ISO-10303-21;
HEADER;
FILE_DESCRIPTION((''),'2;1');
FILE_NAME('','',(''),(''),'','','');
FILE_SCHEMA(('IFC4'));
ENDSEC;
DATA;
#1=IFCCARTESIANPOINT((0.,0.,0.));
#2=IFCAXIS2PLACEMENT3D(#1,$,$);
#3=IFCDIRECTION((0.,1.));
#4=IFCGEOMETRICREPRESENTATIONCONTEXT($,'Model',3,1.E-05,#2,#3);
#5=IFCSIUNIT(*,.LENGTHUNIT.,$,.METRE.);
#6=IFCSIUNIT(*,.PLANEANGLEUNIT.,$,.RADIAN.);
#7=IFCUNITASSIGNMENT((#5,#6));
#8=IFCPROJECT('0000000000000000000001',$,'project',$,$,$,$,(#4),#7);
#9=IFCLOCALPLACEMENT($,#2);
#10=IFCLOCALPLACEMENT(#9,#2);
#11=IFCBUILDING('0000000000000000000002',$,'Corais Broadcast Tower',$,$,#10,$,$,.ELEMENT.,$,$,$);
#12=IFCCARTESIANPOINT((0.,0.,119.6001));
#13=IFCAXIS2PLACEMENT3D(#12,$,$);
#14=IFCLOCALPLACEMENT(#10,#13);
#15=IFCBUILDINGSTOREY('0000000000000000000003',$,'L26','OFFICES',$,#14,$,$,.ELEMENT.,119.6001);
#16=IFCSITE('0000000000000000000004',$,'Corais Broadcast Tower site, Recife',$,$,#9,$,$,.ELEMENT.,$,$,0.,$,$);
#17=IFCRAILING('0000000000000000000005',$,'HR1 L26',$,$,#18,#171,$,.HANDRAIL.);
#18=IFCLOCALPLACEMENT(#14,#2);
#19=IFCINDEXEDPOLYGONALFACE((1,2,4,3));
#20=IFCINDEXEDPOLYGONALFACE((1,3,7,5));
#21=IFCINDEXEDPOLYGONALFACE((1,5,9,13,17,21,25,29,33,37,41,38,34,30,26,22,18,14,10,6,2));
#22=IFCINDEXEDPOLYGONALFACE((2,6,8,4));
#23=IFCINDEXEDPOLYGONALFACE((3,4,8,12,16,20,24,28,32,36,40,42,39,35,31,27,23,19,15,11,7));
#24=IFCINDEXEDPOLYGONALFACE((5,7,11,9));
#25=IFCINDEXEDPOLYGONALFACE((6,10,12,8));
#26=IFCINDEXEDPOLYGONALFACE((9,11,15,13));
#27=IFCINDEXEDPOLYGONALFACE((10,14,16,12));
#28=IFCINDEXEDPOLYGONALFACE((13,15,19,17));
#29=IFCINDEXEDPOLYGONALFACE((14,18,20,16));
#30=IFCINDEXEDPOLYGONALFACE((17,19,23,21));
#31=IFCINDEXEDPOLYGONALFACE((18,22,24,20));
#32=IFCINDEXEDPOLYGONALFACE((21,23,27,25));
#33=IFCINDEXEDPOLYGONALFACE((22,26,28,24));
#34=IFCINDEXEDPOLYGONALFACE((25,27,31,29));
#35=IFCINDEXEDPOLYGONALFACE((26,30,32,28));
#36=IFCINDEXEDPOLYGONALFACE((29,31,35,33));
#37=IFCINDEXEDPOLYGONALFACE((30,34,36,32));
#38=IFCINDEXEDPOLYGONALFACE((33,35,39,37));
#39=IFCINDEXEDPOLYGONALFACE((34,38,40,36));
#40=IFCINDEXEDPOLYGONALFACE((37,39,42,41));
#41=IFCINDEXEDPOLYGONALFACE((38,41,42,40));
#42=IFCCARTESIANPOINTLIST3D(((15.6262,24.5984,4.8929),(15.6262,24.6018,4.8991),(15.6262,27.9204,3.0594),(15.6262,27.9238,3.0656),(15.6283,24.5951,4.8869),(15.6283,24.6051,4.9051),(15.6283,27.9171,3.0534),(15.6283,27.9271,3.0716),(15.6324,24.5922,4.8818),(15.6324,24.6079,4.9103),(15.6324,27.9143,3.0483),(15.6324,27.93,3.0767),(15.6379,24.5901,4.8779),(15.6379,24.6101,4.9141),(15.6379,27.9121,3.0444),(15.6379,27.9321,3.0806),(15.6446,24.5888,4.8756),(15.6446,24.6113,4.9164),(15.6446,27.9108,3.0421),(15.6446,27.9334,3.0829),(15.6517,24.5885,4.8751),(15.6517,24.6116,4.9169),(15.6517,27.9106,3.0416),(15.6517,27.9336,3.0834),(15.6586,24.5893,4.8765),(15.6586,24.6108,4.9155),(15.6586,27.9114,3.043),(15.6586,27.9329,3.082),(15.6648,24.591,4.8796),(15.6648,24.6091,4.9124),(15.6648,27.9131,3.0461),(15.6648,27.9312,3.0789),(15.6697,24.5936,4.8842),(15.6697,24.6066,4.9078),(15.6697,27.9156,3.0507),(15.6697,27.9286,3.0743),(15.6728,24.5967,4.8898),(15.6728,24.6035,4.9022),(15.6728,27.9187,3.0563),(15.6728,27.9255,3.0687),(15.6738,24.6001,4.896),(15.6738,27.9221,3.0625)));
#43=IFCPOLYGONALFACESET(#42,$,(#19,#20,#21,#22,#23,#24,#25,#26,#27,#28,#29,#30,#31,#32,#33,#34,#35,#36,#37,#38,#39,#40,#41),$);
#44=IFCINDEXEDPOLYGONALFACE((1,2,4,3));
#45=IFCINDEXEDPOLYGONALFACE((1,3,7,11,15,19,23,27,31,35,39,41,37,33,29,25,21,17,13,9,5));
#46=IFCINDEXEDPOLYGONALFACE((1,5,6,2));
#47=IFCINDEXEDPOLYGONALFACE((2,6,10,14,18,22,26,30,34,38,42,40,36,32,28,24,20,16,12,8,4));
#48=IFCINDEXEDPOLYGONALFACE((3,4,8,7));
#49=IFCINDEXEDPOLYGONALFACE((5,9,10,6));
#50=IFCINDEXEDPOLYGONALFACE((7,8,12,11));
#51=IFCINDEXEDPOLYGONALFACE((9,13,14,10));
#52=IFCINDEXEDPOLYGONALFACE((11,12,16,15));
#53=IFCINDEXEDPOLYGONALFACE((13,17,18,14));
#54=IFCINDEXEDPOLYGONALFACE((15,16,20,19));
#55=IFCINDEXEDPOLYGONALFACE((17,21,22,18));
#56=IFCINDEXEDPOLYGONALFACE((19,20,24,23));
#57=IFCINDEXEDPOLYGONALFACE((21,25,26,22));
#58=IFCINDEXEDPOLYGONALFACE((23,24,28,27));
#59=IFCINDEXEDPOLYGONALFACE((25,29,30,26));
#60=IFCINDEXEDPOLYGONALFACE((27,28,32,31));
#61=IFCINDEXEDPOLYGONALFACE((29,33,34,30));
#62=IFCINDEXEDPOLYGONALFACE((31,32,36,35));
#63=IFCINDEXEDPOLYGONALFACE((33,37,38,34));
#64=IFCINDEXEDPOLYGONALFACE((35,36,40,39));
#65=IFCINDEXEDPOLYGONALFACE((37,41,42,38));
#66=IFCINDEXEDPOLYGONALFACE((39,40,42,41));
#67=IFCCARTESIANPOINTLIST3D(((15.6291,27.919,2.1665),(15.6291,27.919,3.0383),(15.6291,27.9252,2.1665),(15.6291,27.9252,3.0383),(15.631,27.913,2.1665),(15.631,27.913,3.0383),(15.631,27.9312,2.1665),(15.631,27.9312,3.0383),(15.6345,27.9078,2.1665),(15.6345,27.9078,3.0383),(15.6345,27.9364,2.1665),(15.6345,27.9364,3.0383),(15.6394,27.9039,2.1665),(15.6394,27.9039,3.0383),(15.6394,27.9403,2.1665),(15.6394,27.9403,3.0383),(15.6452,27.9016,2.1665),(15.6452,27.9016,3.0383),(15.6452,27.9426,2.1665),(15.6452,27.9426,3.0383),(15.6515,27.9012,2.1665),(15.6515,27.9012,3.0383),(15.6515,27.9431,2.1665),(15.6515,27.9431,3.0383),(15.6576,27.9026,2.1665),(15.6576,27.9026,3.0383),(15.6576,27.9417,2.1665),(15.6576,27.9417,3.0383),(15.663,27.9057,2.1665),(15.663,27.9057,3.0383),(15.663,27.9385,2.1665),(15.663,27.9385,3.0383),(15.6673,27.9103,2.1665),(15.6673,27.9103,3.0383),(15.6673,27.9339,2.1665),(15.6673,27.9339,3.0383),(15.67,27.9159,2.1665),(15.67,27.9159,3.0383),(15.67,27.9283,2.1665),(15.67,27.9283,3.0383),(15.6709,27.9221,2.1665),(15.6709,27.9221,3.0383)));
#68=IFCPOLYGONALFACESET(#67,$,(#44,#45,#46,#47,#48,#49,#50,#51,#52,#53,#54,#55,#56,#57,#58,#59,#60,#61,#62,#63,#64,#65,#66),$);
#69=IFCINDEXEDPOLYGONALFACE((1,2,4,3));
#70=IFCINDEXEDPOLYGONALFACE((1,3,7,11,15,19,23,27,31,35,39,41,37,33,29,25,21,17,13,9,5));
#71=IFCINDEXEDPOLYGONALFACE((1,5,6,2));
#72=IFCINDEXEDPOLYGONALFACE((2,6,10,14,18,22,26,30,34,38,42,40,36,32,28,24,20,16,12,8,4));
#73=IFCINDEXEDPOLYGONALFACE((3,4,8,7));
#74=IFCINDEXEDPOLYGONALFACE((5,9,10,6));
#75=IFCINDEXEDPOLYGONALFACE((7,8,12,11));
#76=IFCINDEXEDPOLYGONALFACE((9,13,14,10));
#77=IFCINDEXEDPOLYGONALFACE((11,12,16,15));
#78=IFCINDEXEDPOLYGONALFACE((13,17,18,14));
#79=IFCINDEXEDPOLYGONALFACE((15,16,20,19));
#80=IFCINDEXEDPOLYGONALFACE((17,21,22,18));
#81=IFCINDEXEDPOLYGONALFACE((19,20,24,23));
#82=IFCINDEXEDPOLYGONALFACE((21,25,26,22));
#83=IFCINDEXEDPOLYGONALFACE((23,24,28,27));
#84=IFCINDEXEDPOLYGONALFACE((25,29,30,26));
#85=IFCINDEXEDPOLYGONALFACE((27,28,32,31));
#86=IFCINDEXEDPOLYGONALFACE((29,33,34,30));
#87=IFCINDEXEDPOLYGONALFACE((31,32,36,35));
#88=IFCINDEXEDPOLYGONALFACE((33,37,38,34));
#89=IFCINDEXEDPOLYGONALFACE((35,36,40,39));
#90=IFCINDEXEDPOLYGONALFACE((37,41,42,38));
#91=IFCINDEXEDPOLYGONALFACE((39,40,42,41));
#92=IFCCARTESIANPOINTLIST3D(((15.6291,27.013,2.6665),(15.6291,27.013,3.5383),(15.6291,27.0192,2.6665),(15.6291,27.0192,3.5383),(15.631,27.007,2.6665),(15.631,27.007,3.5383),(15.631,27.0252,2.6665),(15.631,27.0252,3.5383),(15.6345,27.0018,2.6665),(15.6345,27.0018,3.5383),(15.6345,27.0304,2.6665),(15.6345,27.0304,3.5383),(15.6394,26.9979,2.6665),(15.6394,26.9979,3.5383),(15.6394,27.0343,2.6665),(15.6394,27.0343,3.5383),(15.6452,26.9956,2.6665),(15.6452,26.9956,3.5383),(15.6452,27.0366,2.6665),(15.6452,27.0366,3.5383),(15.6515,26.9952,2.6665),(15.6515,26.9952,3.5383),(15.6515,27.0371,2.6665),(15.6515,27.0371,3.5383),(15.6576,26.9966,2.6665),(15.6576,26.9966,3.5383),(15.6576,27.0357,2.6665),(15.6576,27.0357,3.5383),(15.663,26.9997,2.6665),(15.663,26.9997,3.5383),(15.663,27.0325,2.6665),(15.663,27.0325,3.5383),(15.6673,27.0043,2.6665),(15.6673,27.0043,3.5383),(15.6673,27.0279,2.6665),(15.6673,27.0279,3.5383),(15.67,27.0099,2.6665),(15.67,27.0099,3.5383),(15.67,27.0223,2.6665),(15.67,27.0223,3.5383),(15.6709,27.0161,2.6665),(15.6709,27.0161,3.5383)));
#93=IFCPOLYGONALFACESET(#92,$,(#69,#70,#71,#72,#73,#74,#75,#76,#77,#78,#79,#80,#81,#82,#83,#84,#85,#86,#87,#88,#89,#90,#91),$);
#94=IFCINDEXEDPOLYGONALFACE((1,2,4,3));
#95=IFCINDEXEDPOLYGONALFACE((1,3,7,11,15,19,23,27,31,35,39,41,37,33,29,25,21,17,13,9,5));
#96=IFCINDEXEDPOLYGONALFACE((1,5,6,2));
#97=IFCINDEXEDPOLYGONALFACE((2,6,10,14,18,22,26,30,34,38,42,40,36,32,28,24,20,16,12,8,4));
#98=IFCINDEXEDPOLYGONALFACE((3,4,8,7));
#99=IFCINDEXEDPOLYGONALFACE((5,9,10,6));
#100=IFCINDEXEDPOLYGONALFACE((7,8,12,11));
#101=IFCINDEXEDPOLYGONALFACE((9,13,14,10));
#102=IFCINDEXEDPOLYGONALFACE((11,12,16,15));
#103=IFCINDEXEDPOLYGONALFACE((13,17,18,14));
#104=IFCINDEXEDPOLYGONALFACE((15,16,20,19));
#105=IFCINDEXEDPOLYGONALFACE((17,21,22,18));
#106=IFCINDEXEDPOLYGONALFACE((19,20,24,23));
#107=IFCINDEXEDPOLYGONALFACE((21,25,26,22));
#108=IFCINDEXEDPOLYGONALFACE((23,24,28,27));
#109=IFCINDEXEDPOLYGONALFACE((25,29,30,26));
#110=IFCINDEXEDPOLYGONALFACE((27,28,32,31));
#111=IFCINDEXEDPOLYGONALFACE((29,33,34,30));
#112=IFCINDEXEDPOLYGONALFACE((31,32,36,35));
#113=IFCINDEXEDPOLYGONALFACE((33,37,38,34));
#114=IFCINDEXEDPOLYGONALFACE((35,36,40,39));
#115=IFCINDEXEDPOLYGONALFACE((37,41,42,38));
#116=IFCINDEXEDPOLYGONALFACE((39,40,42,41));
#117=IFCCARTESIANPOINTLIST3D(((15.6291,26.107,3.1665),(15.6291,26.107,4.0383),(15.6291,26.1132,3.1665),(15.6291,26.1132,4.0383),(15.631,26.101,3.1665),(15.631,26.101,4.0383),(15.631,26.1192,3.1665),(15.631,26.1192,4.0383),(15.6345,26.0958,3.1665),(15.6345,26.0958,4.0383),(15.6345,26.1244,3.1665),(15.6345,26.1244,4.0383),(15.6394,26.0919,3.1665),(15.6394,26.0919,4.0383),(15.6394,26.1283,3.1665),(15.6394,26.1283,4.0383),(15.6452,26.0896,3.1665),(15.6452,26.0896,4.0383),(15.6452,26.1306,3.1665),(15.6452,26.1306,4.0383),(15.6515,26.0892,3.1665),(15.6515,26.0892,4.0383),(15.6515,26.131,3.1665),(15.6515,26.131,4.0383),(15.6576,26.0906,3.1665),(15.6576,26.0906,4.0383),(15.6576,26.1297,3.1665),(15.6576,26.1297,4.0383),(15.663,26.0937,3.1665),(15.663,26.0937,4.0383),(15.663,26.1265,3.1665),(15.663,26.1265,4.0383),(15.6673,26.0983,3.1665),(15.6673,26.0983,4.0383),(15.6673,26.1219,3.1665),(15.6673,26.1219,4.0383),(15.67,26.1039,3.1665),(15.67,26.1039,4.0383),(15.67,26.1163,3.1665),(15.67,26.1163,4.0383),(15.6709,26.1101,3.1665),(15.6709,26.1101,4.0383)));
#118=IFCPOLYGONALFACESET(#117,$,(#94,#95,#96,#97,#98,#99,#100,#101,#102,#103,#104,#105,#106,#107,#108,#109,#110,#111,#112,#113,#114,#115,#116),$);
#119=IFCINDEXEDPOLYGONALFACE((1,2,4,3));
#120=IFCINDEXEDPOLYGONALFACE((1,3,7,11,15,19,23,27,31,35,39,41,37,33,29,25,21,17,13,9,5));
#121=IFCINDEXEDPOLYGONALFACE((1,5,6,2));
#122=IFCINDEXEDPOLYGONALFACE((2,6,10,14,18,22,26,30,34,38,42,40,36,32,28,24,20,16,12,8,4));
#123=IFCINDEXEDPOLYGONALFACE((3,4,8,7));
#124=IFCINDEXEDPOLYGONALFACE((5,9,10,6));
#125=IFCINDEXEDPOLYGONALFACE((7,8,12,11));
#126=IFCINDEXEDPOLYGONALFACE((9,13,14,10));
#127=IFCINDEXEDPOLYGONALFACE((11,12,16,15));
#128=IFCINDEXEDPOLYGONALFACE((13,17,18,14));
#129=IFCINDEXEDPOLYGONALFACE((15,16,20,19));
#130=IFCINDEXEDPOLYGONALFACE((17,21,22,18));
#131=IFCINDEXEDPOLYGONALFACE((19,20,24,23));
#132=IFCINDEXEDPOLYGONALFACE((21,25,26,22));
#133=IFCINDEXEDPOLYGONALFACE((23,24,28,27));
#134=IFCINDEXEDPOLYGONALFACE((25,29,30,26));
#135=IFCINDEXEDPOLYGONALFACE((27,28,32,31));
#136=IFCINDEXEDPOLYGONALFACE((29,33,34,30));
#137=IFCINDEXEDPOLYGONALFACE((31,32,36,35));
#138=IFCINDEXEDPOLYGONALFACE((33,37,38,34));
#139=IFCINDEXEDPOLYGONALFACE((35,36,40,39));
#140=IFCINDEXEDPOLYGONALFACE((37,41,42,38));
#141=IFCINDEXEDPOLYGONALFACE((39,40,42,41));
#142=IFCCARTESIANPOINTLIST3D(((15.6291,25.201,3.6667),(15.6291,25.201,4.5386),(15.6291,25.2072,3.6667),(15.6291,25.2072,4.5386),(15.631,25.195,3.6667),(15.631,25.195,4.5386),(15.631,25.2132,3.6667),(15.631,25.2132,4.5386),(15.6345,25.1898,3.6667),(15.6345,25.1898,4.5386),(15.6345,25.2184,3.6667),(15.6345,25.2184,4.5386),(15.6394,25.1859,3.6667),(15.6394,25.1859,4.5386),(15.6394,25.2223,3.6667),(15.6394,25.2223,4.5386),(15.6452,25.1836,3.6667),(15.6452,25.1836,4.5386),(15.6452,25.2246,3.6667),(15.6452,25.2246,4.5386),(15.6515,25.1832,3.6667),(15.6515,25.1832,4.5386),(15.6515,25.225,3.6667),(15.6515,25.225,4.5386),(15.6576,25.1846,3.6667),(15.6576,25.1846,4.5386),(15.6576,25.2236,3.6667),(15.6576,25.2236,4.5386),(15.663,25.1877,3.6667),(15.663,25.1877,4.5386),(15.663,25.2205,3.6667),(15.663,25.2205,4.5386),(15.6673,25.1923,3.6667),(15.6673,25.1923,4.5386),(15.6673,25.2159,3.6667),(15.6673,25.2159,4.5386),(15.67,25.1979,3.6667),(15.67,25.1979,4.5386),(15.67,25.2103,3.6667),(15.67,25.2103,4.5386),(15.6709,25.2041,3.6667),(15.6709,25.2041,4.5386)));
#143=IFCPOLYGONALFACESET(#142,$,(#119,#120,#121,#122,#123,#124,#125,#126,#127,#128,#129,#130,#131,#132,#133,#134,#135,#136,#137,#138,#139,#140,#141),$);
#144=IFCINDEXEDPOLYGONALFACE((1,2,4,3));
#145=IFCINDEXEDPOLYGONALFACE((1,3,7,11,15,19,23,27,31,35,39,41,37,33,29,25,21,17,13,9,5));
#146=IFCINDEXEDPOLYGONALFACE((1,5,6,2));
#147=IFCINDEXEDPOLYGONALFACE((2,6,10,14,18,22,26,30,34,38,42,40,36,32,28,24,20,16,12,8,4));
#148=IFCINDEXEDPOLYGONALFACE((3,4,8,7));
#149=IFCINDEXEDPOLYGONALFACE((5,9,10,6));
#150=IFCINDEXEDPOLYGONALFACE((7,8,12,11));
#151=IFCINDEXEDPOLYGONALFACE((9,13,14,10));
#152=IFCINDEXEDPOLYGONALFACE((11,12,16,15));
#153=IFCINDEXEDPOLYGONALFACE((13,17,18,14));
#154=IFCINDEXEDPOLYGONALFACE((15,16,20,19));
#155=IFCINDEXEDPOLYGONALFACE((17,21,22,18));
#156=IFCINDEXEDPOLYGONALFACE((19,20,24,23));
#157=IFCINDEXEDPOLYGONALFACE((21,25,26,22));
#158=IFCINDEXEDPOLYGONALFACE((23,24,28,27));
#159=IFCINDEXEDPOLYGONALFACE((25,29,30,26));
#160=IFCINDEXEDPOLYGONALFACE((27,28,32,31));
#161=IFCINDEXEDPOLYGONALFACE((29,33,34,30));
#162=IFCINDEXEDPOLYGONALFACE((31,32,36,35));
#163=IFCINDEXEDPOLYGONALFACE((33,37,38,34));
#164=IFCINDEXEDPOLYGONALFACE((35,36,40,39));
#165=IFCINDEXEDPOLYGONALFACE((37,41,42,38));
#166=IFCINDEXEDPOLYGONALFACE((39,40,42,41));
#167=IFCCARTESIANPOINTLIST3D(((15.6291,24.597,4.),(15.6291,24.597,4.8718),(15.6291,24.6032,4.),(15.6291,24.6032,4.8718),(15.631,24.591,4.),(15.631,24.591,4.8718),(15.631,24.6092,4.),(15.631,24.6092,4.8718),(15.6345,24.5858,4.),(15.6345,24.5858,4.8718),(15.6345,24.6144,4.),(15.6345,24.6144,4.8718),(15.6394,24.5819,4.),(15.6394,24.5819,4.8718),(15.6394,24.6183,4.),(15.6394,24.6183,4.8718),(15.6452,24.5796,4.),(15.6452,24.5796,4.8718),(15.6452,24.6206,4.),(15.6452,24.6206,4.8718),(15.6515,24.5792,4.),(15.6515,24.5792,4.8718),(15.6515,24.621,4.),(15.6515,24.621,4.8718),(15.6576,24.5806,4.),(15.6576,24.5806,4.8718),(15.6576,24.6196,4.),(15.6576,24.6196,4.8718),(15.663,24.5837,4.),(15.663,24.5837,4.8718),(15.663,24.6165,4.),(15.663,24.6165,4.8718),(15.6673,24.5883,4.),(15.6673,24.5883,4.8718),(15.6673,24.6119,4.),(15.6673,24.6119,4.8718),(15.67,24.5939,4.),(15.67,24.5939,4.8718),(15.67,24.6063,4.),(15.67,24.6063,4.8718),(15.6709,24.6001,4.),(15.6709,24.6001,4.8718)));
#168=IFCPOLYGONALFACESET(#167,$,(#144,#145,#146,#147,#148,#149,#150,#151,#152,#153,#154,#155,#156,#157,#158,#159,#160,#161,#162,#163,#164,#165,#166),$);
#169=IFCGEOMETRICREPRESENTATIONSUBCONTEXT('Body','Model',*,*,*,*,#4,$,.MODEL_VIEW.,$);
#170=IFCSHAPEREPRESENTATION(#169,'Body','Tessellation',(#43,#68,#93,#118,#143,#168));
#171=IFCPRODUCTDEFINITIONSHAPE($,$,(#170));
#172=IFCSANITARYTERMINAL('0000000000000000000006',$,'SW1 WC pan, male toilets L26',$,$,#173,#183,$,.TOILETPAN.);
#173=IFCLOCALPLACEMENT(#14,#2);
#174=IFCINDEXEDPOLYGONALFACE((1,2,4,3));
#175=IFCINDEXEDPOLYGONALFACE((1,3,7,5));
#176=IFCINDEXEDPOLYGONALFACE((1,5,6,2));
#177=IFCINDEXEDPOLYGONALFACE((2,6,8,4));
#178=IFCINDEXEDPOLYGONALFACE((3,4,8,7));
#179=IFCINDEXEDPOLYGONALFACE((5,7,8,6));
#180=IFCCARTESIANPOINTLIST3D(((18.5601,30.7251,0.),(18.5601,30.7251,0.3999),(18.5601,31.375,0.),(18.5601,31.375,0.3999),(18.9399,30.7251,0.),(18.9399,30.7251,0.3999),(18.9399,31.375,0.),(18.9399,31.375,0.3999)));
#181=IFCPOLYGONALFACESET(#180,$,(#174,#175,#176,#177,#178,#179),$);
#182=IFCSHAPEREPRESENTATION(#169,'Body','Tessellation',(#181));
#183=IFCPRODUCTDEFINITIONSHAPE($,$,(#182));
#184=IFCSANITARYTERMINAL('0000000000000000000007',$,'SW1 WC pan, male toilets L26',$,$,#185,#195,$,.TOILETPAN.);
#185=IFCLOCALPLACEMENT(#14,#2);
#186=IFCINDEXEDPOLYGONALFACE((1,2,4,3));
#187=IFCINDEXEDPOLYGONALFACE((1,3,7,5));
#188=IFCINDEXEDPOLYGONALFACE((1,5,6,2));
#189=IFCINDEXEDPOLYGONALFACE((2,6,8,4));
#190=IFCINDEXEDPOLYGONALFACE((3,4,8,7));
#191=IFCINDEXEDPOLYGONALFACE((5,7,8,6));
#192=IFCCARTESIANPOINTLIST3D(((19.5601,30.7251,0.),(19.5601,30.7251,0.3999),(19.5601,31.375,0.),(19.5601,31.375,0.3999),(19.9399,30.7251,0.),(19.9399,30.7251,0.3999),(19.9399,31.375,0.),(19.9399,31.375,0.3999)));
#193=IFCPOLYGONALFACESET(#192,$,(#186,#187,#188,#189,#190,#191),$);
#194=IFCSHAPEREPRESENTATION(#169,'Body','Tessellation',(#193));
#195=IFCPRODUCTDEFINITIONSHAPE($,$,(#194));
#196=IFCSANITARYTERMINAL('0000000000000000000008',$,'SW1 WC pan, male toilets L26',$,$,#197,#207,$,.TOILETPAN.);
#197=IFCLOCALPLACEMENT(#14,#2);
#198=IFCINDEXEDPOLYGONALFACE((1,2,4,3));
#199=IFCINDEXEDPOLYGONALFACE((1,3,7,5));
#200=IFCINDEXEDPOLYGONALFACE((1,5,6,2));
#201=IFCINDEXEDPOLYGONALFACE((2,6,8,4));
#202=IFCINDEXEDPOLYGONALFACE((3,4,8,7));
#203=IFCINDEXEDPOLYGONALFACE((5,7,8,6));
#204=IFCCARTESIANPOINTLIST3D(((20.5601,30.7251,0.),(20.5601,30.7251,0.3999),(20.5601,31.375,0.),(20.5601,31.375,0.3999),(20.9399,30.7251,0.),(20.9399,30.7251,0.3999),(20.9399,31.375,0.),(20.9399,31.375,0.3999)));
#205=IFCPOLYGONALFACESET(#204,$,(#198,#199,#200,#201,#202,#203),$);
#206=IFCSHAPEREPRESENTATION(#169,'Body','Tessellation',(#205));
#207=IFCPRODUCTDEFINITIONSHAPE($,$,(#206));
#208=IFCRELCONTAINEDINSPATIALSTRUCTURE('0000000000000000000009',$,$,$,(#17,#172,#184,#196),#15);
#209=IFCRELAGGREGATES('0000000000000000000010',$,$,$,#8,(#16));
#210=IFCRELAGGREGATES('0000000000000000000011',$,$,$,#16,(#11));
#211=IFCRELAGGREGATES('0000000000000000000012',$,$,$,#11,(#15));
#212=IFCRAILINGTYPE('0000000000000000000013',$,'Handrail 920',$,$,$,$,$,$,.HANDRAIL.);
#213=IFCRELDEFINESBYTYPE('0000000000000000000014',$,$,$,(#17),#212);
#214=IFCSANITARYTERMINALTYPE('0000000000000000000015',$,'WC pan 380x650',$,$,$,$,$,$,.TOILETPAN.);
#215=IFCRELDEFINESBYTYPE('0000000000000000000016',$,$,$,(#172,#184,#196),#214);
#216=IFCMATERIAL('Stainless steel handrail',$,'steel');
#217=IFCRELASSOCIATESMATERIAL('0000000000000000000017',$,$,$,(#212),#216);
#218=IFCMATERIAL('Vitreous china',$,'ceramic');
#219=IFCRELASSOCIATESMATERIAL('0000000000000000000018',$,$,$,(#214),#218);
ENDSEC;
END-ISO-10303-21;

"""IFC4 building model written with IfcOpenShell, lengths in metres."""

from ifc_helpers import new_model, si_unit, direction, frame, origin, origin_2d, place, context, subcontext, project, spatial, rectangle, circle, extrude, material, type_object, element, save


model = new_model("IFC4")

# Units and contexts
model_context = context("Model", 3, precision=1e-05, world=origin(), true_north=direction((0.0, 1.0)))
body_context = subcontext(model_context, "Body", "Model", "MODEL_VIEW")
ifc_project = project(units=[si_unit("LENGTHUNIT", "METRE"), si_unit("PLANEANGLEUNIT", "RADIAN")], contexts=[model_context])

# Site, building, storey
site_placement = place(None, origin())
site = spatial("IfcSite", under=ifc_project, at=site_placement, Name="Corais Broadcast Tower site, Recife", CompositionType="ELEMENT", RefElevation=0.0)
building_placement = place(site_placement, origin())
building = spatial("IfcBuilding", under=site, at=building_placement, Name="Corais Broadcast Tower", CompositionType="ELEMENT")
storey_placement = place(building_placement, frame((0.0, 0.0, 119.6001)))
storey = spatial("IfcBuildingStorey", under=building, at=storey_placement, Name="L26", Description="OFFICES", CompositionType="ELEMENT", Elevation=119.6001)

# Railing
ifc_material_1 = material(Name="Stainless steel handrail", Category="steel")
railing_type = type_object("IfcRailingType", Name="Handrail 920", PredefinedType="HANDRAIL", material=ifc_material_1)
for number, where, name in (
    (1, (15.6499, 27.9221, 2.1665), "HR1 L26"),
):
    element("IfcRailing", number, at=place(storey_placement, frame(where)), inside=storey, type_object=railing_type, Name=name, PredefinedType="HANDRAIL", context=body_context, shape_type="SweptSolid", body=[
        extrude(circle(Radius=0.0239, at=origin_2d()), frame((0.0, 0.0, 0.896), z_axis=(0.0, -0.875504, 0.48321), x_axis=(1.0, 0.0, 0.0)), (0.0, 0.0, 1.0), 3.7944),
        extrude(circle(Radius=0.021, at=origin_2d()), origin(), (0.0, 0.0, 1.0), 0.8718),
        extrude(circle(Radius=0.021, at=origin_2d()), frame((0.0, -0.906, 0.5)), (0.0, 0.0, 1.0), 0.8718),
        extrude(circle(Radius=0.021, at=origin_2d()), frame((0.0, -1.812, 1.0)), (0.0, 0.0, 1.0), 0.8718),
        extrude(circle(Radius=0.021, at=origin_2d()), frame((0.0, -2.718, 1.5002)), (0.0, 0.0, 1.0), 0.8718),
        extrude(circle(Radius=0.021, at=origin_2d()), frame((0.0, -3.322, 1.8335)), (0.0, 0.0, 1.0), 0.8718),
    ])

# Sanitary terminals
ifc_material_2 = material(Name="Vitreous china", Category="ceramic")
sanitary_terminal_type = type_object("IfcSanitaryTerminalType", Name="WC pan 380x650", PredefinedType="TOILETPAN", material=ifc_material_2)
for number, where, z_axis, x_axis, name in (
    (2, (18.75, 31.05, 0.0), (0.0, 0.0, 1.0), (1.0, 0.0, 0.0), "SW1 WC pan, male toilets L26"),
    (3, (19.75, 31.05, 0.0), (0.0, 0.0, 1.0), (1.0, 0.0, 0.0), "SW1 WC pan, male toilets L26"),
    (4, (20.75, 31.05, 0.0), (0.0, 0.0, 1.0), (1.0, 0.0, 0.0), "SW1 WC pan, male toilets L26"),
):
    element("IfcSanitaryTerminal", number, at=place(storey_placement, frame(where, z_axis=z_axis, x_axis=x_axis)), inside=storey, type_object=sanitary_terminal_type, Name=name, PredefinedType="TOILETPAN", context=body_context, shape_type="SweptSolid", body=[
        extrude(rectangle(XDim=0.3799, YDim=0.6499, at=origin_2d()), origin(), (0.0, 0.0, 1.0), 0.3999),
    ])

save(model, "model.ifc")
